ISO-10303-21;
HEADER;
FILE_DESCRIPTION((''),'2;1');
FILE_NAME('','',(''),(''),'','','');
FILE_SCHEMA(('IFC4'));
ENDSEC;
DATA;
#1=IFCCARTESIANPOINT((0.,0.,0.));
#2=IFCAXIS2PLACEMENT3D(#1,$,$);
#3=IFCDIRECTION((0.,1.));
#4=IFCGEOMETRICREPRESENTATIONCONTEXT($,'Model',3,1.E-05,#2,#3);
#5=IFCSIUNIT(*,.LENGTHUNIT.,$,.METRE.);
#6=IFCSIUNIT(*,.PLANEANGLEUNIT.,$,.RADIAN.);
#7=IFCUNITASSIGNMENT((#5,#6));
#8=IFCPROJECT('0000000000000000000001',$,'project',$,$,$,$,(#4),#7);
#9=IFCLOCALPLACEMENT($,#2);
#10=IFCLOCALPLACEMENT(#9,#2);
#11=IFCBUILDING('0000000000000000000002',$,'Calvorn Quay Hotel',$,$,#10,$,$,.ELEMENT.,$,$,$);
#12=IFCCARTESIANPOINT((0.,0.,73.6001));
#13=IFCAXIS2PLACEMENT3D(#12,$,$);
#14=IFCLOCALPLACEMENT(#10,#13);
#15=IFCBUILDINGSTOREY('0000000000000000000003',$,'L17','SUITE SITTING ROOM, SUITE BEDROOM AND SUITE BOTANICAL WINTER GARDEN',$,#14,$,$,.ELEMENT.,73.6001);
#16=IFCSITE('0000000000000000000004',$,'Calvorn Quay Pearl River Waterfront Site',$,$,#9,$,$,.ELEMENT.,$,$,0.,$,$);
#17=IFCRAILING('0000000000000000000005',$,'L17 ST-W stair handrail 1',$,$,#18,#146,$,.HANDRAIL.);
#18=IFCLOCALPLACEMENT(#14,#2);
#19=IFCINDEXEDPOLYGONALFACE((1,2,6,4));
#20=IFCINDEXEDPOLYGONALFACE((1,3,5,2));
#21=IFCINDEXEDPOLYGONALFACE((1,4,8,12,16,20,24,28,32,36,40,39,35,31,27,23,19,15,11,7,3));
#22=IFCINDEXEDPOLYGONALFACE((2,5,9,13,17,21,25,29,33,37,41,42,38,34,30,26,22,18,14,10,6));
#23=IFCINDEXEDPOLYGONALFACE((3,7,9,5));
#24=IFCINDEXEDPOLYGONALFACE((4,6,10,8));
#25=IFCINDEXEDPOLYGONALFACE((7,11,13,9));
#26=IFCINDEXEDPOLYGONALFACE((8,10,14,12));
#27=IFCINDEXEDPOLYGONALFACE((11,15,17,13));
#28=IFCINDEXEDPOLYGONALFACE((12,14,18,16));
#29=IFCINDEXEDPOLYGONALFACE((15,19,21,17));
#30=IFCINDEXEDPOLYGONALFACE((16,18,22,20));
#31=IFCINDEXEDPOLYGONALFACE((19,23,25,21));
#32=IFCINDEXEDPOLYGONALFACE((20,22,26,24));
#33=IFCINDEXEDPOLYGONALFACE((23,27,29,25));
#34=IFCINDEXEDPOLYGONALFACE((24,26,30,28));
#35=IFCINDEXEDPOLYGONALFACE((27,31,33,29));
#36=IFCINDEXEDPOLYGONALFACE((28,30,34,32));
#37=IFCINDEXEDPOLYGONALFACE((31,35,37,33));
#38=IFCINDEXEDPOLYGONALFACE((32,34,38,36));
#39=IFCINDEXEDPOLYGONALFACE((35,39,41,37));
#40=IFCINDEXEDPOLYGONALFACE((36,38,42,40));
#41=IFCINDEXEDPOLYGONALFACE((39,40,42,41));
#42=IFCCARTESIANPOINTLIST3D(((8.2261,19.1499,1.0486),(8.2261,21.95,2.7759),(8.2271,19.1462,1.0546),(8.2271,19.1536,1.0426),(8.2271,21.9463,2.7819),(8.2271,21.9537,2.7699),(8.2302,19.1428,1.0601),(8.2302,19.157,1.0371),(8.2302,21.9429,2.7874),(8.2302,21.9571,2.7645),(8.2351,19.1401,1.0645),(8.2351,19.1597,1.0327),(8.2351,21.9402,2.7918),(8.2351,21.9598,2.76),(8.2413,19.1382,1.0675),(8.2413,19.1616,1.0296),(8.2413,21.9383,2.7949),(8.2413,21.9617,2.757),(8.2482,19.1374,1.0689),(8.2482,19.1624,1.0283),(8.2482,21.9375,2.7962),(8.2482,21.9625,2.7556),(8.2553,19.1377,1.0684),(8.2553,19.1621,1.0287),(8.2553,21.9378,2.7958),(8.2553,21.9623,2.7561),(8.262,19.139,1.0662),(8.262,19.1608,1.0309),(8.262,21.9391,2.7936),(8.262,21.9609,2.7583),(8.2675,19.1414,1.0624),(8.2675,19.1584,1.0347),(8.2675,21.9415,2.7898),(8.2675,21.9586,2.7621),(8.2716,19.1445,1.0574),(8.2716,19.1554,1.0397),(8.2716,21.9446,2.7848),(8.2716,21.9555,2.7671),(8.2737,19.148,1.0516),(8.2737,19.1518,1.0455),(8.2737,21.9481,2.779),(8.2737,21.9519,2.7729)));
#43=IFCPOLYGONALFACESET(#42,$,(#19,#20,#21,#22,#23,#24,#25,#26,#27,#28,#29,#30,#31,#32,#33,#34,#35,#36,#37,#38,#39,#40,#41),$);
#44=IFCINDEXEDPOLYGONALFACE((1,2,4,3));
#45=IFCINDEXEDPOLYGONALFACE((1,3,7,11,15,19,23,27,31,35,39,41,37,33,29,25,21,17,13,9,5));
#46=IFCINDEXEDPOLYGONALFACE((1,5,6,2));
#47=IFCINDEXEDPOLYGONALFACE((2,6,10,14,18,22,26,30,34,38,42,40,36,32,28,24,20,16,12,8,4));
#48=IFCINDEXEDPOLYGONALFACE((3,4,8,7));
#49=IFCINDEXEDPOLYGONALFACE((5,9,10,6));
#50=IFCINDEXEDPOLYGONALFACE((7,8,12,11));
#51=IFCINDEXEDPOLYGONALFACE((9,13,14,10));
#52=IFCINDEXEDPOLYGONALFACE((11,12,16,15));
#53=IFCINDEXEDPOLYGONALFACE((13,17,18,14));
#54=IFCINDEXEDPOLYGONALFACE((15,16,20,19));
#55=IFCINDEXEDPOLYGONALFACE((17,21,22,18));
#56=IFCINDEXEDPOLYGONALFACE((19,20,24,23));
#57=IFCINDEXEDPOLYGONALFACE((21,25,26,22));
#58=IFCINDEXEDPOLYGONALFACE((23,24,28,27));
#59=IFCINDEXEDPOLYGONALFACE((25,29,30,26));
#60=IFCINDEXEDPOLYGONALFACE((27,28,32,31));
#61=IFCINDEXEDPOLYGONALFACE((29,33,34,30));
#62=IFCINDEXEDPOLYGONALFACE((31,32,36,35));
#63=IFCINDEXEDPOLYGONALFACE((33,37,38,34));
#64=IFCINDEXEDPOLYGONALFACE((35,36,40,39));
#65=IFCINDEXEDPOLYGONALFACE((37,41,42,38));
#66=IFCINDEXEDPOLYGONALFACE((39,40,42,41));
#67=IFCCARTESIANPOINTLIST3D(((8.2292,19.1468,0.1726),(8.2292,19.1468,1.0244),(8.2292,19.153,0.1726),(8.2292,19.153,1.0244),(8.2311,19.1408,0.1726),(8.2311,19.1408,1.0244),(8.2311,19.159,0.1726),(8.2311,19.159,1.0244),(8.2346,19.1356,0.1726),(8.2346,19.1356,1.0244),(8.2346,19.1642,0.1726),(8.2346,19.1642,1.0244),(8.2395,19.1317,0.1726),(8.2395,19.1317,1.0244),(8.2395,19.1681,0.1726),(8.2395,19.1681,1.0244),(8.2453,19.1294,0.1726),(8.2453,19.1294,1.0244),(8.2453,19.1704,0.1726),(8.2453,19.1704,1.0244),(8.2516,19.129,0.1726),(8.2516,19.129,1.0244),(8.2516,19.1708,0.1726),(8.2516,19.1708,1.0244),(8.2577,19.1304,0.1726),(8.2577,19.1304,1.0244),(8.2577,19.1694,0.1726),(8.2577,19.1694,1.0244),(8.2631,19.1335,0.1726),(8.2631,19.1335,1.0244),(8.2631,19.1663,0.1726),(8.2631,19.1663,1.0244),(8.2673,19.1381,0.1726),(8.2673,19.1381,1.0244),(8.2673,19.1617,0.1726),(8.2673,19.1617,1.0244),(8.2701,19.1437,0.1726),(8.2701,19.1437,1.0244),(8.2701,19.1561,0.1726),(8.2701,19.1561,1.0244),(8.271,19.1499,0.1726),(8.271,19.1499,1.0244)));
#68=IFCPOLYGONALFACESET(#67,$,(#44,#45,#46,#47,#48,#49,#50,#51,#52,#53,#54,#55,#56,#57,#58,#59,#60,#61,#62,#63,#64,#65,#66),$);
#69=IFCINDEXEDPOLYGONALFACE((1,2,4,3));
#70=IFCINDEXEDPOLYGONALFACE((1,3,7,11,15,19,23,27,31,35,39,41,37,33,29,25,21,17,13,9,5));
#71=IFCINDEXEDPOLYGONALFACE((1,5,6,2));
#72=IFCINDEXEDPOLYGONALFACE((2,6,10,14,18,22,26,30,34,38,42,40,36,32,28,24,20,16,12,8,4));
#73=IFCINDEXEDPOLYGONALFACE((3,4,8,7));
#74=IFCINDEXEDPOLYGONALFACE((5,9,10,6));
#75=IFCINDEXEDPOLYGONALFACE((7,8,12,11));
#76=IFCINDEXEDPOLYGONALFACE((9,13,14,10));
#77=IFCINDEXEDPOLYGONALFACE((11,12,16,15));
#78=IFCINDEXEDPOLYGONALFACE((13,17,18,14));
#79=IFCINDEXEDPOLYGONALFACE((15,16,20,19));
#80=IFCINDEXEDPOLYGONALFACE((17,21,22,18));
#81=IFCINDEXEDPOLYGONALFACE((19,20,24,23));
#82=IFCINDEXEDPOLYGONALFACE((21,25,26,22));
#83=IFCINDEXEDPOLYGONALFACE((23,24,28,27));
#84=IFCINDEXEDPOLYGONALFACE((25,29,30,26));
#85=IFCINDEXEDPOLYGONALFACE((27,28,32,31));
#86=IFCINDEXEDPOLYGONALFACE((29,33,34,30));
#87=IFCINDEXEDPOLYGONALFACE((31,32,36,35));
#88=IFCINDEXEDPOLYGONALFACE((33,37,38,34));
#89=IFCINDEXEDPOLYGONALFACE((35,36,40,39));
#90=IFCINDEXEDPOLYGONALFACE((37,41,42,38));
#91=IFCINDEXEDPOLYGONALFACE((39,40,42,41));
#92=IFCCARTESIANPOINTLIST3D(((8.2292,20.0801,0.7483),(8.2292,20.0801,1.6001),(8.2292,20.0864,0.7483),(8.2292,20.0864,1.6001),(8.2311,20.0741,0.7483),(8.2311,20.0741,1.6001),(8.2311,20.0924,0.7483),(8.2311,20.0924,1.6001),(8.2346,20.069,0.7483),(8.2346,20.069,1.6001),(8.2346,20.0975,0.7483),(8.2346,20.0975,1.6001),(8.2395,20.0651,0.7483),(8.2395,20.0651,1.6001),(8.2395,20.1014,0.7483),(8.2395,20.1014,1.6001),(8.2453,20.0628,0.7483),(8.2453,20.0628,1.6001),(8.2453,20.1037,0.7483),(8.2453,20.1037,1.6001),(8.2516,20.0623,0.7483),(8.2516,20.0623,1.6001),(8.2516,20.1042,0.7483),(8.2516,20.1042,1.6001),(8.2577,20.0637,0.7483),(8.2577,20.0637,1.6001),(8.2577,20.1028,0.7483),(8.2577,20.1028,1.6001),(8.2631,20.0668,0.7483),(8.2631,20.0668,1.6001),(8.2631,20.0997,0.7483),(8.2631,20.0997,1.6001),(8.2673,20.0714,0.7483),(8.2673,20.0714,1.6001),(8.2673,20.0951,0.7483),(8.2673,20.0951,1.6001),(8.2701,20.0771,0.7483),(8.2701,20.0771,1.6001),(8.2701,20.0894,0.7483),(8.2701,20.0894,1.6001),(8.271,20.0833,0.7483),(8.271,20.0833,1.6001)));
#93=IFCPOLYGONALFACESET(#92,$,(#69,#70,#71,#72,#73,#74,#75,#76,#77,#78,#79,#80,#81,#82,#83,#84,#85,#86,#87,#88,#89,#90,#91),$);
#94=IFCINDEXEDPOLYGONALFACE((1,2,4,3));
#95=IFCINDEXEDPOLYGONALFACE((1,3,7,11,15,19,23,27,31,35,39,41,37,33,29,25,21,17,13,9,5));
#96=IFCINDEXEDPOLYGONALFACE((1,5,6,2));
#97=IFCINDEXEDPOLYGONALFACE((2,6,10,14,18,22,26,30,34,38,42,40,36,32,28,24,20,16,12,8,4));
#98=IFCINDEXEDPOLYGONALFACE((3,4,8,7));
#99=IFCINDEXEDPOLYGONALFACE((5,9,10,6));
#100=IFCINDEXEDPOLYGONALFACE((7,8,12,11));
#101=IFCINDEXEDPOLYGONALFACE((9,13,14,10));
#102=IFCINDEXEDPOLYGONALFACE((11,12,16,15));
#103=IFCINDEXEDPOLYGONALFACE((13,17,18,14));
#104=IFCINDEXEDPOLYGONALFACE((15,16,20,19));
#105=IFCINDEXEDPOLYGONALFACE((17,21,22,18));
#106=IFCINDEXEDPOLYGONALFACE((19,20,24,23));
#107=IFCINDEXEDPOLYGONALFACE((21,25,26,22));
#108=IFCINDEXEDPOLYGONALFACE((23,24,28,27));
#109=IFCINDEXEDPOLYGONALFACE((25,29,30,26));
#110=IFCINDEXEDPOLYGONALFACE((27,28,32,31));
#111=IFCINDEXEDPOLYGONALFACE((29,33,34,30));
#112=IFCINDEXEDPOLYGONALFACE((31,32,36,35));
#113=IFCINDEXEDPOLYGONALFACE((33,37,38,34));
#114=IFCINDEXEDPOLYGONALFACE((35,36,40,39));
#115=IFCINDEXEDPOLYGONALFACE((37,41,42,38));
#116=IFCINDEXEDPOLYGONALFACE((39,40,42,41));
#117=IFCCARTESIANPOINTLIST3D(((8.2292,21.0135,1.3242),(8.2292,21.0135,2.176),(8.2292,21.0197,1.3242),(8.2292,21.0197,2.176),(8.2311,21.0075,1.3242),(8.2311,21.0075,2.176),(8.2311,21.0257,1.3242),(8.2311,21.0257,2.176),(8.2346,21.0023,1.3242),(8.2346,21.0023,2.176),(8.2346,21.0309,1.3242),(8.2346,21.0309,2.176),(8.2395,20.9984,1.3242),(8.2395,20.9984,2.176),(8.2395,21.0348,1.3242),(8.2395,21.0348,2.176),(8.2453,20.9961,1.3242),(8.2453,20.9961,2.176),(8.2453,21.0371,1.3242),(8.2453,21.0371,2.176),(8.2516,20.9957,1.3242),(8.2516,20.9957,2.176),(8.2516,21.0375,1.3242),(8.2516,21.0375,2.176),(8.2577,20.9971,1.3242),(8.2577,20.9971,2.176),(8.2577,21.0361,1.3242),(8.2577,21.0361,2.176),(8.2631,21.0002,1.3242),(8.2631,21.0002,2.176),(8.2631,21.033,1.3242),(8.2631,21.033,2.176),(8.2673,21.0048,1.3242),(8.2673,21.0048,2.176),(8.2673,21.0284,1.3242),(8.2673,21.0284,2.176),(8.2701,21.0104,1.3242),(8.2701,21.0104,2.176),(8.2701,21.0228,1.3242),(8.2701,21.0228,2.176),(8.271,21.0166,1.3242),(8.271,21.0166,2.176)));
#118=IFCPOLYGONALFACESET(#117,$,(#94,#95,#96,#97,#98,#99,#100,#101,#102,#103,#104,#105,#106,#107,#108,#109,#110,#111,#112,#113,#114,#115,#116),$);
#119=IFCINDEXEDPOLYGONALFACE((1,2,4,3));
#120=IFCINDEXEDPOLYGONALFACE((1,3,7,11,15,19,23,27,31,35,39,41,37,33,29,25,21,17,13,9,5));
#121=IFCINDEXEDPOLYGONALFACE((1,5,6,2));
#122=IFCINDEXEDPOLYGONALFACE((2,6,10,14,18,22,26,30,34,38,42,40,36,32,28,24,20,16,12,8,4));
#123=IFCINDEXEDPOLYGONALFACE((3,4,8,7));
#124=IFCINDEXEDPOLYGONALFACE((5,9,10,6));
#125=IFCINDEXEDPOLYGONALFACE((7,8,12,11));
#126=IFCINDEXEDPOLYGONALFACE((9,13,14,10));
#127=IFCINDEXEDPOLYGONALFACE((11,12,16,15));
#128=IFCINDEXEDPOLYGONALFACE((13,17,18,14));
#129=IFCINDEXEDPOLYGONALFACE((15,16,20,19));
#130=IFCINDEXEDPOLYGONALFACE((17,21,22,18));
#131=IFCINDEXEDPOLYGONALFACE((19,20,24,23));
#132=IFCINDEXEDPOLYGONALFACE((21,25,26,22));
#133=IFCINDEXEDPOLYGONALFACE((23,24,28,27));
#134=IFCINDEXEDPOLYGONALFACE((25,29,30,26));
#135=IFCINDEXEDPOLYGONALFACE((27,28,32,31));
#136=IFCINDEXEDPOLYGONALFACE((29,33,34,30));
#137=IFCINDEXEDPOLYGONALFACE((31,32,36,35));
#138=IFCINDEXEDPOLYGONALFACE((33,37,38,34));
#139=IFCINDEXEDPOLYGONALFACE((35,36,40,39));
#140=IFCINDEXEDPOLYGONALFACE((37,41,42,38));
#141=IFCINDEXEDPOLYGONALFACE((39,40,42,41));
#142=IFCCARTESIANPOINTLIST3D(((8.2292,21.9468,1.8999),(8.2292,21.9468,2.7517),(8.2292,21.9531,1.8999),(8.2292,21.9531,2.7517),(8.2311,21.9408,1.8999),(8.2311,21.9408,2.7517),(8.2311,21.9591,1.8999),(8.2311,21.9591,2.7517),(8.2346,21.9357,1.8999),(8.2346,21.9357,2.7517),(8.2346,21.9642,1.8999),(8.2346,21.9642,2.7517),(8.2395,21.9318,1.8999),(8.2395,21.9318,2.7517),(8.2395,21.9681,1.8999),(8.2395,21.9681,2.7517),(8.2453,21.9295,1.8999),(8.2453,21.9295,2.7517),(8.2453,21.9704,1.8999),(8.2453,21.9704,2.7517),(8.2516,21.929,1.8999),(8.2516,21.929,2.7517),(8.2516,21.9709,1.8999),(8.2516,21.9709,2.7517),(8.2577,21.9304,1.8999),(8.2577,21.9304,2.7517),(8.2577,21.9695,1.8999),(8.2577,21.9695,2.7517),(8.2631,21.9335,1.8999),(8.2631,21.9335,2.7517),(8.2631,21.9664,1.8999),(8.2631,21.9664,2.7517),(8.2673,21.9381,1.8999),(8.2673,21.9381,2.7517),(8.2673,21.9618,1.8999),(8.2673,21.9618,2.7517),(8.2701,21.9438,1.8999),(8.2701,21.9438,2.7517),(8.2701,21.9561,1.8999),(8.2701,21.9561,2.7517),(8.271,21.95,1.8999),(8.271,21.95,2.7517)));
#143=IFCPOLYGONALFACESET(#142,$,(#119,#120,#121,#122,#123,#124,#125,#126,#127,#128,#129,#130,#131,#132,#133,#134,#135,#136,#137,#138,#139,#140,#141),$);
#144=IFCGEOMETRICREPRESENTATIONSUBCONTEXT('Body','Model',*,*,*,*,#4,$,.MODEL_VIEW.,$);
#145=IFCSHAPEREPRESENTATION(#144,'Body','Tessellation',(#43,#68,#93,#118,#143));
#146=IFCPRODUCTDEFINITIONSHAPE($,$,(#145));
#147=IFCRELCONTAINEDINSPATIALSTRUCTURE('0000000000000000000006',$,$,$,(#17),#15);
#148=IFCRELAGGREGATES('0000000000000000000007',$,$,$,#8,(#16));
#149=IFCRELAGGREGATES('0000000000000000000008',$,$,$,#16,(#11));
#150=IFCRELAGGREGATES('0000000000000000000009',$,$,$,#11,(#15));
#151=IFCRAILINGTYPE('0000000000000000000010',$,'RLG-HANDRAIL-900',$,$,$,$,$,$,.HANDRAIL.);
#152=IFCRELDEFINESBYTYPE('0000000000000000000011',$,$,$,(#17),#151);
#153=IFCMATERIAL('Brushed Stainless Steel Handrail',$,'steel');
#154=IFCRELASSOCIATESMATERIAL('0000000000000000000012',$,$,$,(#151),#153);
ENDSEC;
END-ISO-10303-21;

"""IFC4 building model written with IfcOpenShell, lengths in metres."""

from ifc_helpers import new_model, si_unit, direction, frame, origin, origin_2d, place, context, subcontext, project, spatial, circle, extrude, material, type_object, element, save


model = new_model("IFC4")

# Units and contexts
model_context = context("Model", 3, precision=1e-05, world=origin(), true_north=direction((0.0, 1.0)))
body_context = subcontext(model_context, "Body", "Model", "MODEL_VIEW")
ifc_project = project(units=[si_unit("LENGTHUNIT", "METRE"), si_unit("PLANEANGLEUNIT", "RADIAN")], contexts=[model_context])

# Site, building, storey
site_placement = place(None, origin())
site = spatial("IfcSite", under=ifc_project, at=site_placement, Name="Calvorn Quay Pearl River Waterfront Site", CompositionType="ELEMENT", RefElevation=0.0)
building_placement = place(site_placement, origin())
building = spatial("IfcBuilding", under=site, at=building_placement, Name="Calvorn Quay Hotel", CompositionType="ELEMENT")
storey_placement = place(building_placement, frame((0.0, 0.0, 73.6001)))
storey = spatial("IfcBuildingStorey", under=building, at=storey_placement, Name="L17", Description="SUITE SITTING ROOM, SUITE BEDROOM AND SUITE BOTANICAL WINTER GARDEN", CompositionType="ELEMENT", Elevation=73.6001)

# Railing
ifc_material_1 = material(Name="Brushed Stainless Steel Handrail", Category="steel")
railing_type_1 = type_object("IfcRailingType", Name="RLG-HANDRAIL-900", PredefinedType="HANDRAIL", material=ifc_material_1)
railing_1_placement = place(storey_placement, frame((8.25, 19.1499, 0.1726)))
element("IfcRailing", 1, at=railing_1_placement, inside=storey, type_object=railing_type_1, Name="L17 ST-W stair handrail 1", PredefinedType="HANDRAIL", context=body_context, shape_type="SweptSolid", body=[
    extrude(circle(Radius=0.0239, at=origin_2d()), frame((0.0, 0.0, 0.876), z_axis=(0.0, 0.85109, 0.52502), x_axis=(-1.0, 0.0, 0.0)), (0.0, 0.0, 1.0), 3.29),
    extrude(circle(Radius=0.021, at=origin_2d()), origin(), (0.0, 0.0, 1.0), 0.8518),
    extrude(circle(Radius=0.021, at=origin_2d()), frame((0.0, 0.9333, 0.5757)), (0.0, 0.0, 1.0), 0.8518),
    extrude(circle(Radius=0.021, at=origin_2d()), frame((0.0, 1.8667, 1.1516)), (0.0, 0.0, 1.0), 0.8518),
    extrude(circle(Radius=0.021, at=origin_2d()), frame((0.0, 2.8, 1.7273)), (0.0, 0.0, 1.0), 0.8518),
])

save(model, "model.ifc")
